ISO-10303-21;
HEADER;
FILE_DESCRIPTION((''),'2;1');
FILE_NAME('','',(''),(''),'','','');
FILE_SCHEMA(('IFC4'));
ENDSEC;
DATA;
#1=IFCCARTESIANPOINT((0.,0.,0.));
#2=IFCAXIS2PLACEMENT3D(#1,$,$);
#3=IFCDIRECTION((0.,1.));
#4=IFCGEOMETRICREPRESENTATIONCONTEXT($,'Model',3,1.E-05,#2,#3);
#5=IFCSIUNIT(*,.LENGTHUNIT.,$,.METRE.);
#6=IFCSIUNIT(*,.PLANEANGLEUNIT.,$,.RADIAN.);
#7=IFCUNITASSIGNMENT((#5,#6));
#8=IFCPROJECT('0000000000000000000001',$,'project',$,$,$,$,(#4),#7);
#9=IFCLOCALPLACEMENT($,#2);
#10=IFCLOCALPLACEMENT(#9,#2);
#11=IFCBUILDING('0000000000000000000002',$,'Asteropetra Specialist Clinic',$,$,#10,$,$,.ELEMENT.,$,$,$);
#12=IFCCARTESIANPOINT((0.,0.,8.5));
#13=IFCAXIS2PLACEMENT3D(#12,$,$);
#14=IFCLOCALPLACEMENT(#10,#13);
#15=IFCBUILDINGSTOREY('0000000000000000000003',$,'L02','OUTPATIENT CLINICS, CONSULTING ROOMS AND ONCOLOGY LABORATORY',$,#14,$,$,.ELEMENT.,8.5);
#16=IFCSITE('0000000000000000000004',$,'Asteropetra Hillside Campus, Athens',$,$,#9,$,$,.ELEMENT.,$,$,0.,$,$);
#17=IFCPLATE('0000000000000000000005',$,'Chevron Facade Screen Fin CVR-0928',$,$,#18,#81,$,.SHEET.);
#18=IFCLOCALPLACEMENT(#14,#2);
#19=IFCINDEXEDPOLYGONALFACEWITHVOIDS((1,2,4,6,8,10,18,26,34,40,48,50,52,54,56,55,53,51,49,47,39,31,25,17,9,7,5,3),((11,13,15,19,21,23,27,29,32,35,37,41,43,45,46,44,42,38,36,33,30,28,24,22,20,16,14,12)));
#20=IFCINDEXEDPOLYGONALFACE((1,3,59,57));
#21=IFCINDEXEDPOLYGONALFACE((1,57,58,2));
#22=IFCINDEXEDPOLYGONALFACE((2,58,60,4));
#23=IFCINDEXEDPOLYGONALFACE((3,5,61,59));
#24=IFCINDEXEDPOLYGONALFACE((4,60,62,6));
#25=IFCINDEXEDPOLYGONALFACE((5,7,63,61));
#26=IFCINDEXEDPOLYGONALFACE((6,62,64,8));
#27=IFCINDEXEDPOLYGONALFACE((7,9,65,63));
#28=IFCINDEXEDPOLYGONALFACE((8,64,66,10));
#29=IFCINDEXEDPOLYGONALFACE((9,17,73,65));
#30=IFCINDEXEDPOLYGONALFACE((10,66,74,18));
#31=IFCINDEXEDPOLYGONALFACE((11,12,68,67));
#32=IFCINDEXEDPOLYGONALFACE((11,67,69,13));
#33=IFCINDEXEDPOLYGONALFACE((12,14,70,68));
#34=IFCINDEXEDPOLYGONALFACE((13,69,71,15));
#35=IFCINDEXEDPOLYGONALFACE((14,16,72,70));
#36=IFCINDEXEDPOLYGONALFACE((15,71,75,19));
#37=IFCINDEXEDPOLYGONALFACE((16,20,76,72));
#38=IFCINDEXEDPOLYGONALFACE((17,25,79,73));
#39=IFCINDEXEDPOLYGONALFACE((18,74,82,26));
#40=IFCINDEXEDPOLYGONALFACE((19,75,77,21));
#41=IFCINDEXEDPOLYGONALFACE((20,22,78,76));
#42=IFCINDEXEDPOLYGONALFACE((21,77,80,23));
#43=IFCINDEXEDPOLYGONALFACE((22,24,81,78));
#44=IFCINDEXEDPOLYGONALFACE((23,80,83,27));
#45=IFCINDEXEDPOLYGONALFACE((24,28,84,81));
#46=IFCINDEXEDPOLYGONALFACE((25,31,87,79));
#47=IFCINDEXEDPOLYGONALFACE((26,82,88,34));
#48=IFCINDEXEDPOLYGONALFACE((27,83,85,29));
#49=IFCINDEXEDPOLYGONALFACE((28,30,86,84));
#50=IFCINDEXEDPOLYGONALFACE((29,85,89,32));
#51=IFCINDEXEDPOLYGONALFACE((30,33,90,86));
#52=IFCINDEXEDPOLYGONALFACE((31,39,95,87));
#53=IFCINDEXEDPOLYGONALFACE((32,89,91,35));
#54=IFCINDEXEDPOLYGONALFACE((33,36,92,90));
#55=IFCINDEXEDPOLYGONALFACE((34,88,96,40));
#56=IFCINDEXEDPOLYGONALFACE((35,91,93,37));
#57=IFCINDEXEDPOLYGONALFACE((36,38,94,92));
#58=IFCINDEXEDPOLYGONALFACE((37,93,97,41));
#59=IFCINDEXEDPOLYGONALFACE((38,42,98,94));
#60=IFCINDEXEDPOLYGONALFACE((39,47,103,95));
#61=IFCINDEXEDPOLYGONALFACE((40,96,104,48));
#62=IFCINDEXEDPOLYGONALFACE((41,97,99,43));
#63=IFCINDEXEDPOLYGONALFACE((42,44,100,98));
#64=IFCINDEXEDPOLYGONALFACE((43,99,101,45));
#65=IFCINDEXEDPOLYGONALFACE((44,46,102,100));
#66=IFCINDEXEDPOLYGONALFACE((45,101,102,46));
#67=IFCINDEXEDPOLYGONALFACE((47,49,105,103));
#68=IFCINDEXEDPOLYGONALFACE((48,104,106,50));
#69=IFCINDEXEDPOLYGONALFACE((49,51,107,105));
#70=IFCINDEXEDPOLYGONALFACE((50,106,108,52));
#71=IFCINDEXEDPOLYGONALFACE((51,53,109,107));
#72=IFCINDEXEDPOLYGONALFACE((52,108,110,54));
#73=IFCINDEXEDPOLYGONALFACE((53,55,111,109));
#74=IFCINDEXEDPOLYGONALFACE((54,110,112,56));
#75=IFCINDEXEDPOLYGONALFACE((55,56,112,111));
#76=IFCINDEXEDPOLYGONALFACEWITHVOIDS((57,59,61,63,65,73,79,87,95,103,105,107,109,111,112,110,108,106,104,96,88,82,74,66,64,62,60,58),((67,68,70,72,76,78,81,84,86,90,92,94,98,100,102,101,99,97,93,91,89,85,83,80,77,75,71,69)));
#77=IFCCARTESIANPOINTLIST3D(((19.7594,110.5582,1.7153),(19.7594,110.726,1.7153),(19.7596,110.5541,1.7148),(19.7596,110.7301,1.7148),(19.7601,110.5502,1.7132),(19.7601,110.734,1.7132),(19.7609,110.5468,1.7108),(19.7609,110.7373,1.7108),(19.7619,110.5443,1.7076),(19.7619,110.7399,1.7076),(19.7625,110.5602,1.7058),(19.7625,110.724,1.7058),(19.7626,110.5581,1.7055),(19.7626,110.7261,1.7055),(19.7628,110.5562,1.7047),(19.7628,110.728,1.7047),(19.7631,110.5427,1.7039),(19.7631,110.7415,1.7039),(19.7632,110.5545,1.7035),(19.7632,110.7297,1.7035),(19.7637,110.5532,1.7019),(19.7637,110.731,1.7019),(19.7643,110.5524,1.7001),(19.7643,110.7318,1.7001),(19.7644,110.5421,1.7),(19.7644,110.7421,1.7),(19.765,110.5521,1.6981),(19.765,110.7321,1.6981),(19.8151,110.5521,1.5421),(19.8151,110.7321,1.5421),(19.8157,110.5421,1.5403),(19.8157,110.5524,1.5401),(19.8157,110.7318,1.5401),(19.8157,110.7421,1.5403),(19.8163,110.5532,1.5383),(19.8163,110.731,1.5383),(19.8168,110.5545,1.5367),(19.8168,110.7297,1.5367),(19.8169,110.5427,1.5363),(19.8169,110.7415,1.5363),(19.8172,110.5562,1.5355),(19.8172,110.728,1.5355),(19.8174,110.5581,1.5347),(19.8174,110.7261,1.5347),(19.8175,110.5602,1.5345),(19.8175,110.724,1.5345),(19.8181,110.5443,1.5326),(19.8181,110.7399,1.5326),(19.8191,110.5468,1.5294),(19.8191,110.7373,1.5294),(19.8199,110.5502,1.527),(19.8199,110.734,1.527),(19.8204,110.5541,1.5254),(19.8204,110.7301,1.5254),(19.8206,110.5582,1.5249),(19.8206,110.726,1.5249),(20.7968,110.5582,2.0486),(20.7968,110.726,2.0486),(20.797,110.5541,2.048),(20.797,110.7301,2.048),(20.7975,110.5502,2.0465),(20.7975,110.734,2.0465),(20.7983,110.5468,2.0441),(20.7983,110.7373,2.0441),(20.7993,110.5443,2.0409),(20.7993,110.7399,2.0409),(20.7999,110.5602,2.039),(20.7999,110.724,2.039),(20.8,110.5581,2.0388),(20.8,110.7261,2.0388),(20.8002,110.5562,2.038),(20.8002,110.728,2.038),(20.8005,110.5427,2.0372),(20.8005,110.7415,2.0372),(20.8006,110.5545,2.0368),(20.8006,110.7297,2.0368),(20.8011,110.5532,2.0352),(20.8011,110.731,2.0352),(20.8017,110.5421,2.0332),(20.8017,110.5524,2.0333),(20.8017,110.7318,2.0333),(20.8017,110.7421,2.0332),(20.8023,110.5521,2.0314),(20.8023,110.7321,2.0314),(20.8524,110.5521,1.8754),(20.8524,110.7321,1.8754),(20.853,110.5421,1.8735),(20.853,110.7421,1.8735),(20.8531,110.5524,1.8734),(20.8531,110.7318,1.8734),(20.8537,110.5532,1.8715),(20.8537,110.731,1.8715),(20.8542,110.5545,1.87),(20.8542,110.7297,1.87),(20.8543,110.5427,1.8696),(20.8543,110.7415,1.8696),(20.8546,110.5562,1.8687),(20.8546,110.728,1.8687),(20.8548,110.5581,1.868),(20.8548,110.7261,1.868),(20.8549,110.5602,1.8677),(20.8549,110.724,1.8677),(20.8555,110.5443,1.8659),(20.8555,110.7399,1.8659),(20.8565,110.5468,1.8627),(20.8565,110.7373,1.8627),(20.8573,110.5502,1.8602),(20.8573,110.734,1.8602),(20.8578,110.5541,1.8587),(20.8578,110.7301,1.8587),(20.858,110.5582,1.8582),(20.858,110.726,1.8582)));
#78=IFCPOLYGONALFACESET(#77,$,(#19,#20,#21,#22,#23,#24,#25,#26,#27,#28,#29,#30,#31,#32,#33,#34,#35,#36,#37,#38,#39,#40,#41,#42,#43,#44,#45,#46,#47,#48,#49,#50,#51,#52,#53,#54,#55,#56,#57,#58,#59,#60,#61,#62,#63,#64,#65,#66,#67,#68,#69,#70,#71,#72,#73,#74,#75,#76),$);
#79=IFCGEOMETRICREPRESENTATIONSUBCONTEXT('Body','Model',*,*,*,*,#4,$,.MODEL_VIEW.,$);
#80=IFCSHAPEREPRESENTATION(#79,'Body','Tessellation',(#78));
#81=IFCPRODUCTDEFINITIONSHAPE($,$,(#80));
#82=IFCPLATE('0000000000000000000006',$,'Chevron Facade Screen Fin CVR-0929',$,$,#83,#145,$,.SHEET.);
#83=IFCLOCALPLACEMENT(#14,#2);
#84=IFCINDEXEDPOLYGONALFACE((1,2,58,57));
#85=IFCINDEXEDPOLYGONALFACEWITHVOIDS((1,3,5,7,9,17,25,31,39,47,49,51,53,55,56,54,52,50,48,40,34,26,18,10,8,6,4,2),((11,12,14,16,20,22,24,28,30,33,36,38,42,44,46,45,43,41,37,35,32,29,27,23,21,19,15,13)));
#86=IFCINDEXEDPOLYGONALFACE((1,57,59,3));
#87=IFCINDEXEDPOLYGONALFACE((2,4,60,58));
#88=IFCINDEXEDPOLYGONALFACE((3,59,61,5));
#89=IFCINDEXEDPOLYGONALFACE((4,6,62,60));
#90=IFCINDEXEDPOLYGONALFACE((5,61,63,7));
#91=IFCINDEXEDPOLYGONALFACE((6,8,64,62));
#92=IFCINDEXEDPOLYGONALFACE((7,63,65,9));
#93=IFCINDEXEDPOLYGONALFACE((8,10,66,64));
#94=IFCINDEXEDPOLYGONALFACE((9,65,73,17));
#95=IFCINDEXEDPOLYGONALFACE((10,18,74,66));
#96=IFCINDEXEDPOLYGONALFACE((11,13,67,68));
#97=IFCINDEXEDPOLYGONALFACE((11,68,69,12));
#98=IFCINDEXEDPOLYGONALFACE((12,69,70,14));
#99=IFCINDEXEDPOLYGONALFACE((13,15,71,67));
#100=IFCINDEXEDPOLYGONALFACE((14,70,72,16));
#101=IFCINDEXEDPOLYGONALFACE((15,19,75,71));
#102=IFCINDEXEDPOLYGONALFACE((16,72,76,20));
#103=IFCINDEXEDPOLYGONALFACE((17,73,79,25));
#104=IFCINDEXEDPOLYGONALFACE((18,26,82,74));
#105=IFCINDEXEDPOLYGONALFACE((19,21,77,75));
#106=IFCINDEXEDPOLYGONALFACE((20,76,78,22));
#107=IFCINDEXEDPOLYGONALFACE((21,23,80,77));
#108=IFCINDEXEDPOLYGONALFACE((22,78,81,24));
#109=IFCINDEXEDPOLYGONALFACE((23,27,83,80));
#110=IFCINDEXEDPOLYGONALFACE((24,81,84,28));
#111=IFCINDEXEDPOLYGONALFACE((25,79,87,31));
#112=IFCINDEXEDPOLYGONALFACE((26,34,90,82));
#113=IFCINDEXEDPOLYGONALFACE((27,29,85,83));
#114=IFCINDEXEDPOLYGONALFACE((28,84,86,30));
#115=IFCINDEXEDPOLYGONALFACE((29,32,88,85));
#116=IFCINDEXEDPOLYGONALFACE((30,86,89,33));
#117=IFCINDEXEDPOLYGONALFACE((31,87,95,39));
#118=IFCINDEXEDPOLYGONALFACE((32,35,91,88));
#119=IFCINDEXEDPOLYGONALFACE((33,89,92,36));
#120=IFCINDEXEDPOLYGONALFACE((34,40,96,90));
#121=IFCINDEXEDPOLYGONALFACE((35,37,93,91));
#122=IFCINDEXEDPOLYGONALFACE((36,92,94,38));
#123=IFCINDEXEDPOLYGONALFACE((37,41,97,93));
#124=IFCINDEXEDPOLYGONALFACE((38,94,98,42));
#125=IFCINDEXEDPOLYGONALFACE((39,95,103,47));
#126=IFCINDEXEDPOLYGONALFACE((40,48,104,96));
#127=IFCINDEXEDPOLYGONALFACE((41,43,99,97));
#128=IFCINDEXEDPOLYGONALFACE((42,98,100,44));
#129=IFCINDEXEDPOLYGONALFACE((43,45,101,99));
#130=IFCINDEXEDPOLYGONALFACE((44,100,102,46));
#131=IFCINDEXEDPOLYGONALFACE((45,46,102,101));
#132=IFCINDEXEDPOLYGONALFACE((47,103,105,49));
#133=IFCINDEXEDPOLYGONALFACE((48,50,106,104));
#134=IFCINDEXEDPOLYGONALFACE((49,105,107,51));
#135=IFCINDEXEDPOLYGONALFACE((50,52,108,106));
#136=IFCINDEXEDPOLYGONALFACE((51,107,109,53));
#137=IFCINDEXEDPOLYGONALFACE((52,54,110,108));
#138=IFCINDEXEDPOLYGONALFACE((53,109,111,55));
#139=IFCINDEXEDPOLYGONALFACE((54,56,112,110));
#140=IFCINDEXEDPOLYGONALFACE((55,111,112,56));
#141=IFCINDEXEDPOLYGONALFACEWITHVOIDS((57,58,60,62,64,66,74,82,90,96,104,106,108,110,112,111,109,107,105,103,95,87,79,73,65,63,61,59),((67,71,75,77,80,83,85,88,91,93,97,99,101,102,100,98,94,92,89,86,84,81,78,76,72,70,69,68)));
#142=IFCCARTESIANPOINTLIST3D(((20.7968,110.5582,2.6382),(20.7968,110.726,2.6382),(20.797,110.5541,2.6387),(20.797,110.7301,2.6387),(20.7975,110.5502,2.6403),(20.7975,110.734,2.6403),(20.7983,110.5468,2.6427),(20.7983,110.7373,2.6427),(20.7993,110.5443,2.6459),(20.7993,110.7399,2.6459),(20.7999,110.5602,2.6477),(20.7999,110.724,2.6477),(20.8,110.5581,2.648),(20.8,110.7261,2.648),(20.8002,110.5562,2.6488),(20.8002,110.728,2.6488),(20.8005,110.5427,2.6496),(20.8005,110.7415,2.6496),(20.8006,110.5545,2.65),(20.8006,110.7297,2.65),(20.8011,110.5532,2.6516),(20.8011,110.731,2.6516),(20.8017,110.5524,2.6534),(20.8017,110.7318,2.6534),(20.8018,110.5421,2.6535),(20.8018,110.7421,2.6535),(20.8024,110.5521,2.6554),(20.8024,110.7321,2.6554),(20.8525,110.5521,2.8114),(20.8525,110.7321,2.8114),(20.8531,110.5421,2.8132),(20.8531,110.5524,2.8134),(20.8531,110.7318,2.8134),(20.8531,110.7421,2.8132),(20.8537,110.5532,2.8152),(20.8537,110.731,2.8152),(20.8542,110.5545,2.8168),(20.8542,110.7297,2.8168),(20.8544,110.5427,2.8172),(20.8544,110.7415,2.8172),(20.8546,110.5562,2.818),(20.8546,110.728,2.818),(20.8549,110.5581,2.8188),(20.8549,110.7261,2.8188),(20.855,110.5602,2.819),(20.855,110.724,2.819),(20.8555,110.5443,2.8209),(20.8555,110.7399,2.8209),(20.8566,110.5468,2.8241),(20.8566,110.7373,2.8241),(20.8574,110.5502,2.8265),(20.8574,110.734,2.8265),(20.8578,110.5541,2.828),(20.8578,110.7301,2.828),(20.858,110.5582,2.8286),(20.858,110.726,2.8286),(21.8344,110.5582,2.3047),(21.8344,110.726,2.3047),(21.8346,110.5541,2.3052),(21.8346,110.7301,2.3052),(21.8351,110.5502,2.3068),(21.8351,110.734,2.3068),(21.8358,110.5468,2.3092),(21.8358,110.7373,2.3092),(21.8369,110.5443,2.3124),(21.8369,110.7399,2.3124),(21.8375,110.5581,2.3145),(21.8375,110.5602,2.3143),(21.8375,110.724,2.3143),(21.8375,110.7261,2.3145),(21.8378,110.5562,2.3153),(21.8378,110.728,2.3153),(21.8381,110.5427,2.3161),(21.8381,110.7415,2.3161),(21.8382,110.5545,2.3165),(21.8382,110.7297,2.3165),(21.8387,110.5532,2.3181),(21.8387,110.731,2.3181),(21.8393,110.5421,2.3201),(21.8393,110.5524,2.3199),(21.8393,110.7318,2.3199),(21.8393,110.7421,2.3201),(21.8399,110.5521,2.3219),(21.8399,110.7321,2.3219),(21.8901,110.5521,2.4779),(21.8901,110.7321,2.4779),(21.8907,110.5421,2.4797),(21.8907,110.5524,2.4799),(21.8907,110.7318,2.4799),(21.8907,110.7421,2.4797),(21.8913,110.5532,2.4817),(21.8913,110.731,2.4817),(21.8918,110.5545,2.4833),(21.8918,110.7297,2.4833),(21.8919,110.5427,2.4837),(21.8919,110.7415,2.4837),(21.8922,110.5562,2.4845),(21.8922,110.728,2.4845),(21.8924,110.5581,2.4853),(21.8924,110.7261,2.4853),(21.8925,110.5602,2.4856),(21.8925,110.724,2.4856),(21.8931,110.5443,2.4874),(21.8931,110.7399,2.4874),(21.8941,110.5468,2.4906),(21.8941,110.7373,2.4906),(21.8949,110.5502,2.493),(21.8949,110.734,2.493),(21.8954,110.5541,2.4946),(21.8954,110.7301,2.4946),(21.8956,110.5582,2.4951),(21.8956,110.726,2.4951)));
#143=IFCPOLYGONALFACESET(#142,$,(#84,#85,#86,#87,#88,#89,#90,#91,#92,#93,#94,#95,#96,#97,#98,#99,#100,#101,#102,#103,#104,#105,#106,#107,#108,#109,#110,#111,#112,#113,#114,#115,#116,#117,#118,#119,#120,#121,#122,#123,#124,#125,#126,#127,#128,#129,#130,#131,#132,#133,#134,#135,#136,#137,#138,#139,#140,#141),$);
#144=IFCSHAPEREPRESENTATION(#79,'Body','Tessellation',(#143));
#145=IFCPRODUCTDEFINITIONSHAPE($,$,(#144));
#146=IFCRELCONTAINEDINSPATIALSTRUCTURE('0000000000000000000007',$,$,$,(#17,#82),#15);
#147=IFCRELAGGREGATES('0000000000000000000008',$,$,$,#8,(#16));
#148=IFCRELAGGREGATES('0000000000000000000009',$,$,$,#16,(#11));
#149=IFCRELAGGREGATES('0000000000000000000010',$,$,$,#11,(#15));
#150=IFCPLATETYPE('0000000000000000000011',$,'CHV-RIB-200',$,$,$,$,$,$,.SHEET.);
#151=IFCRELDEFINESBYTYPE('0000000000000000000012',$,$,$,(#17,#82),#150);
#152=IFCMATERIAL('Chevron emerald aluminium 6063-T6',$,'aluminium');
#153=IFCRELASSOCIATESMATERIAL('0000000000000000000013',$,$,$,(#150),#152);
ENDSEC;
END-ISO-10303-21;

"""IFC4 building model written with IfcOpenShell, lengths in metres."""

from ifc_helpers import new_model, si_unit, direction, frame, origin, origin_2d, place, context, subcontext, project, spatial, hollow_rectangle, extrude, material, material_profile, profile_set, type_object, element, save


model = new_model("IFC4")

# Units and contexts
model_context = context("Model", 3, precision=1e-05, world=origin(), true_north=direction((0.0, 1.0)))
body_context = subcontext(model_context, "Body", "Model", "MODEL_VIEW")
ifc_project = project(units=[si_unit("LENGTHUNIT", "METRE"), si_unit("PLANEANGLEUNIT", "RADIAN")], contexts=[model_context])

# Site, building, storey
site_placement = place(None, origin())
site = spatial("IfcSite", under=ifc_project, at=site_placement, Name="Asteropetra Hillside Campus, Athens", CompositionType="ELEMENT", RefElevation=0.0)
building_placement = place(site_placement, origin())
building = spatial("IfcBuilding", under=site, at=building_placement, Name="Asteropetra Specialist Clinic", CompositionType="ELEMENT")
storey_placement = place(building_placement, frame((0.0, 0.0, 8.5)))
storey = spatial("IfcBuildingStorey", under=building, at=storey_placement, Name="L02", Description="OUTPATIENT CLINICS, CONSULTING ROOMS AND ONCOLOGY LABORATORY", CompositionType="ELEMENT", Elevation=8.5)

# Plates
ifc_material = material(Name="Chevron emerald aluminium 6063-T6", Category="aluminium")
ifc_material_profile = material_profile(ifc_material, hollow_rectangle(XDim=0.2, YDim=0.2, WallThickness=0.01, InnerFilletRadius=0.0081, OuterFilletRadius=0.0161, at=origin_2d()), Name="SHS 200x200x10.0")
ifc_profile_set = profile_set([ifc_material_profile], Name="Chevron emerald aluminium 6063-T6")
plate_type = type_object("IfcPlateType", Name="CHV-RIB-200", PredefinedType="SHEET", material=ifc_profile_set)
plate_1_placement = place(storey_placement, frame((20.8274, 110.6421, 1.9534), z_axis=(-0.952078, 0.0, -0.305857), x_axis=(0.0, -1.0, 0.0)))
element("IfcPlate", 1, at=plate_1_placement, inside=storey, type_object=plate_type, Name="Chevron Facade Screen Fin CVR-0928", PredefinedType="SHEET", context=body_context, shape_type="SweptSolid", body=[
    extrude(hollow_rectangle(XDim=0.2, YDim=0.2, WallThickness=0.01, InnerFilletRadius=0.0081, OuterFilletRadius=0.0161, at=origin_2d()), origin(), (0.0, 0.0, 1.0), 1.0896),
])
plate_2_placement = place(storey_placement, frame((21.865, 110.6421, 2.3999), z_axis=(-0.952033, 0.0, 0.305995), x_axis=(0.0, -1.0, 0.0)))
element("IfcPlate", 2, at=plate_2_placement, inside=storey, type_object=plate_type, Name="Chevron Facade Screen Fin CVR-0929", PredefinedType="SHEET", context=body_context, shape_type="SweptSolid", body=[
    extrude(hollow_rectangle(XDim=0.2, YDim=0.2, WallThickness=0.01, InnerFilletRadius=0.0081, OuterFilletRadius=0.0161, at=origin_2d()), origin(), (0.0, 0.0, 1.0), 1.0898),
])

save(model, "model.ifc")
